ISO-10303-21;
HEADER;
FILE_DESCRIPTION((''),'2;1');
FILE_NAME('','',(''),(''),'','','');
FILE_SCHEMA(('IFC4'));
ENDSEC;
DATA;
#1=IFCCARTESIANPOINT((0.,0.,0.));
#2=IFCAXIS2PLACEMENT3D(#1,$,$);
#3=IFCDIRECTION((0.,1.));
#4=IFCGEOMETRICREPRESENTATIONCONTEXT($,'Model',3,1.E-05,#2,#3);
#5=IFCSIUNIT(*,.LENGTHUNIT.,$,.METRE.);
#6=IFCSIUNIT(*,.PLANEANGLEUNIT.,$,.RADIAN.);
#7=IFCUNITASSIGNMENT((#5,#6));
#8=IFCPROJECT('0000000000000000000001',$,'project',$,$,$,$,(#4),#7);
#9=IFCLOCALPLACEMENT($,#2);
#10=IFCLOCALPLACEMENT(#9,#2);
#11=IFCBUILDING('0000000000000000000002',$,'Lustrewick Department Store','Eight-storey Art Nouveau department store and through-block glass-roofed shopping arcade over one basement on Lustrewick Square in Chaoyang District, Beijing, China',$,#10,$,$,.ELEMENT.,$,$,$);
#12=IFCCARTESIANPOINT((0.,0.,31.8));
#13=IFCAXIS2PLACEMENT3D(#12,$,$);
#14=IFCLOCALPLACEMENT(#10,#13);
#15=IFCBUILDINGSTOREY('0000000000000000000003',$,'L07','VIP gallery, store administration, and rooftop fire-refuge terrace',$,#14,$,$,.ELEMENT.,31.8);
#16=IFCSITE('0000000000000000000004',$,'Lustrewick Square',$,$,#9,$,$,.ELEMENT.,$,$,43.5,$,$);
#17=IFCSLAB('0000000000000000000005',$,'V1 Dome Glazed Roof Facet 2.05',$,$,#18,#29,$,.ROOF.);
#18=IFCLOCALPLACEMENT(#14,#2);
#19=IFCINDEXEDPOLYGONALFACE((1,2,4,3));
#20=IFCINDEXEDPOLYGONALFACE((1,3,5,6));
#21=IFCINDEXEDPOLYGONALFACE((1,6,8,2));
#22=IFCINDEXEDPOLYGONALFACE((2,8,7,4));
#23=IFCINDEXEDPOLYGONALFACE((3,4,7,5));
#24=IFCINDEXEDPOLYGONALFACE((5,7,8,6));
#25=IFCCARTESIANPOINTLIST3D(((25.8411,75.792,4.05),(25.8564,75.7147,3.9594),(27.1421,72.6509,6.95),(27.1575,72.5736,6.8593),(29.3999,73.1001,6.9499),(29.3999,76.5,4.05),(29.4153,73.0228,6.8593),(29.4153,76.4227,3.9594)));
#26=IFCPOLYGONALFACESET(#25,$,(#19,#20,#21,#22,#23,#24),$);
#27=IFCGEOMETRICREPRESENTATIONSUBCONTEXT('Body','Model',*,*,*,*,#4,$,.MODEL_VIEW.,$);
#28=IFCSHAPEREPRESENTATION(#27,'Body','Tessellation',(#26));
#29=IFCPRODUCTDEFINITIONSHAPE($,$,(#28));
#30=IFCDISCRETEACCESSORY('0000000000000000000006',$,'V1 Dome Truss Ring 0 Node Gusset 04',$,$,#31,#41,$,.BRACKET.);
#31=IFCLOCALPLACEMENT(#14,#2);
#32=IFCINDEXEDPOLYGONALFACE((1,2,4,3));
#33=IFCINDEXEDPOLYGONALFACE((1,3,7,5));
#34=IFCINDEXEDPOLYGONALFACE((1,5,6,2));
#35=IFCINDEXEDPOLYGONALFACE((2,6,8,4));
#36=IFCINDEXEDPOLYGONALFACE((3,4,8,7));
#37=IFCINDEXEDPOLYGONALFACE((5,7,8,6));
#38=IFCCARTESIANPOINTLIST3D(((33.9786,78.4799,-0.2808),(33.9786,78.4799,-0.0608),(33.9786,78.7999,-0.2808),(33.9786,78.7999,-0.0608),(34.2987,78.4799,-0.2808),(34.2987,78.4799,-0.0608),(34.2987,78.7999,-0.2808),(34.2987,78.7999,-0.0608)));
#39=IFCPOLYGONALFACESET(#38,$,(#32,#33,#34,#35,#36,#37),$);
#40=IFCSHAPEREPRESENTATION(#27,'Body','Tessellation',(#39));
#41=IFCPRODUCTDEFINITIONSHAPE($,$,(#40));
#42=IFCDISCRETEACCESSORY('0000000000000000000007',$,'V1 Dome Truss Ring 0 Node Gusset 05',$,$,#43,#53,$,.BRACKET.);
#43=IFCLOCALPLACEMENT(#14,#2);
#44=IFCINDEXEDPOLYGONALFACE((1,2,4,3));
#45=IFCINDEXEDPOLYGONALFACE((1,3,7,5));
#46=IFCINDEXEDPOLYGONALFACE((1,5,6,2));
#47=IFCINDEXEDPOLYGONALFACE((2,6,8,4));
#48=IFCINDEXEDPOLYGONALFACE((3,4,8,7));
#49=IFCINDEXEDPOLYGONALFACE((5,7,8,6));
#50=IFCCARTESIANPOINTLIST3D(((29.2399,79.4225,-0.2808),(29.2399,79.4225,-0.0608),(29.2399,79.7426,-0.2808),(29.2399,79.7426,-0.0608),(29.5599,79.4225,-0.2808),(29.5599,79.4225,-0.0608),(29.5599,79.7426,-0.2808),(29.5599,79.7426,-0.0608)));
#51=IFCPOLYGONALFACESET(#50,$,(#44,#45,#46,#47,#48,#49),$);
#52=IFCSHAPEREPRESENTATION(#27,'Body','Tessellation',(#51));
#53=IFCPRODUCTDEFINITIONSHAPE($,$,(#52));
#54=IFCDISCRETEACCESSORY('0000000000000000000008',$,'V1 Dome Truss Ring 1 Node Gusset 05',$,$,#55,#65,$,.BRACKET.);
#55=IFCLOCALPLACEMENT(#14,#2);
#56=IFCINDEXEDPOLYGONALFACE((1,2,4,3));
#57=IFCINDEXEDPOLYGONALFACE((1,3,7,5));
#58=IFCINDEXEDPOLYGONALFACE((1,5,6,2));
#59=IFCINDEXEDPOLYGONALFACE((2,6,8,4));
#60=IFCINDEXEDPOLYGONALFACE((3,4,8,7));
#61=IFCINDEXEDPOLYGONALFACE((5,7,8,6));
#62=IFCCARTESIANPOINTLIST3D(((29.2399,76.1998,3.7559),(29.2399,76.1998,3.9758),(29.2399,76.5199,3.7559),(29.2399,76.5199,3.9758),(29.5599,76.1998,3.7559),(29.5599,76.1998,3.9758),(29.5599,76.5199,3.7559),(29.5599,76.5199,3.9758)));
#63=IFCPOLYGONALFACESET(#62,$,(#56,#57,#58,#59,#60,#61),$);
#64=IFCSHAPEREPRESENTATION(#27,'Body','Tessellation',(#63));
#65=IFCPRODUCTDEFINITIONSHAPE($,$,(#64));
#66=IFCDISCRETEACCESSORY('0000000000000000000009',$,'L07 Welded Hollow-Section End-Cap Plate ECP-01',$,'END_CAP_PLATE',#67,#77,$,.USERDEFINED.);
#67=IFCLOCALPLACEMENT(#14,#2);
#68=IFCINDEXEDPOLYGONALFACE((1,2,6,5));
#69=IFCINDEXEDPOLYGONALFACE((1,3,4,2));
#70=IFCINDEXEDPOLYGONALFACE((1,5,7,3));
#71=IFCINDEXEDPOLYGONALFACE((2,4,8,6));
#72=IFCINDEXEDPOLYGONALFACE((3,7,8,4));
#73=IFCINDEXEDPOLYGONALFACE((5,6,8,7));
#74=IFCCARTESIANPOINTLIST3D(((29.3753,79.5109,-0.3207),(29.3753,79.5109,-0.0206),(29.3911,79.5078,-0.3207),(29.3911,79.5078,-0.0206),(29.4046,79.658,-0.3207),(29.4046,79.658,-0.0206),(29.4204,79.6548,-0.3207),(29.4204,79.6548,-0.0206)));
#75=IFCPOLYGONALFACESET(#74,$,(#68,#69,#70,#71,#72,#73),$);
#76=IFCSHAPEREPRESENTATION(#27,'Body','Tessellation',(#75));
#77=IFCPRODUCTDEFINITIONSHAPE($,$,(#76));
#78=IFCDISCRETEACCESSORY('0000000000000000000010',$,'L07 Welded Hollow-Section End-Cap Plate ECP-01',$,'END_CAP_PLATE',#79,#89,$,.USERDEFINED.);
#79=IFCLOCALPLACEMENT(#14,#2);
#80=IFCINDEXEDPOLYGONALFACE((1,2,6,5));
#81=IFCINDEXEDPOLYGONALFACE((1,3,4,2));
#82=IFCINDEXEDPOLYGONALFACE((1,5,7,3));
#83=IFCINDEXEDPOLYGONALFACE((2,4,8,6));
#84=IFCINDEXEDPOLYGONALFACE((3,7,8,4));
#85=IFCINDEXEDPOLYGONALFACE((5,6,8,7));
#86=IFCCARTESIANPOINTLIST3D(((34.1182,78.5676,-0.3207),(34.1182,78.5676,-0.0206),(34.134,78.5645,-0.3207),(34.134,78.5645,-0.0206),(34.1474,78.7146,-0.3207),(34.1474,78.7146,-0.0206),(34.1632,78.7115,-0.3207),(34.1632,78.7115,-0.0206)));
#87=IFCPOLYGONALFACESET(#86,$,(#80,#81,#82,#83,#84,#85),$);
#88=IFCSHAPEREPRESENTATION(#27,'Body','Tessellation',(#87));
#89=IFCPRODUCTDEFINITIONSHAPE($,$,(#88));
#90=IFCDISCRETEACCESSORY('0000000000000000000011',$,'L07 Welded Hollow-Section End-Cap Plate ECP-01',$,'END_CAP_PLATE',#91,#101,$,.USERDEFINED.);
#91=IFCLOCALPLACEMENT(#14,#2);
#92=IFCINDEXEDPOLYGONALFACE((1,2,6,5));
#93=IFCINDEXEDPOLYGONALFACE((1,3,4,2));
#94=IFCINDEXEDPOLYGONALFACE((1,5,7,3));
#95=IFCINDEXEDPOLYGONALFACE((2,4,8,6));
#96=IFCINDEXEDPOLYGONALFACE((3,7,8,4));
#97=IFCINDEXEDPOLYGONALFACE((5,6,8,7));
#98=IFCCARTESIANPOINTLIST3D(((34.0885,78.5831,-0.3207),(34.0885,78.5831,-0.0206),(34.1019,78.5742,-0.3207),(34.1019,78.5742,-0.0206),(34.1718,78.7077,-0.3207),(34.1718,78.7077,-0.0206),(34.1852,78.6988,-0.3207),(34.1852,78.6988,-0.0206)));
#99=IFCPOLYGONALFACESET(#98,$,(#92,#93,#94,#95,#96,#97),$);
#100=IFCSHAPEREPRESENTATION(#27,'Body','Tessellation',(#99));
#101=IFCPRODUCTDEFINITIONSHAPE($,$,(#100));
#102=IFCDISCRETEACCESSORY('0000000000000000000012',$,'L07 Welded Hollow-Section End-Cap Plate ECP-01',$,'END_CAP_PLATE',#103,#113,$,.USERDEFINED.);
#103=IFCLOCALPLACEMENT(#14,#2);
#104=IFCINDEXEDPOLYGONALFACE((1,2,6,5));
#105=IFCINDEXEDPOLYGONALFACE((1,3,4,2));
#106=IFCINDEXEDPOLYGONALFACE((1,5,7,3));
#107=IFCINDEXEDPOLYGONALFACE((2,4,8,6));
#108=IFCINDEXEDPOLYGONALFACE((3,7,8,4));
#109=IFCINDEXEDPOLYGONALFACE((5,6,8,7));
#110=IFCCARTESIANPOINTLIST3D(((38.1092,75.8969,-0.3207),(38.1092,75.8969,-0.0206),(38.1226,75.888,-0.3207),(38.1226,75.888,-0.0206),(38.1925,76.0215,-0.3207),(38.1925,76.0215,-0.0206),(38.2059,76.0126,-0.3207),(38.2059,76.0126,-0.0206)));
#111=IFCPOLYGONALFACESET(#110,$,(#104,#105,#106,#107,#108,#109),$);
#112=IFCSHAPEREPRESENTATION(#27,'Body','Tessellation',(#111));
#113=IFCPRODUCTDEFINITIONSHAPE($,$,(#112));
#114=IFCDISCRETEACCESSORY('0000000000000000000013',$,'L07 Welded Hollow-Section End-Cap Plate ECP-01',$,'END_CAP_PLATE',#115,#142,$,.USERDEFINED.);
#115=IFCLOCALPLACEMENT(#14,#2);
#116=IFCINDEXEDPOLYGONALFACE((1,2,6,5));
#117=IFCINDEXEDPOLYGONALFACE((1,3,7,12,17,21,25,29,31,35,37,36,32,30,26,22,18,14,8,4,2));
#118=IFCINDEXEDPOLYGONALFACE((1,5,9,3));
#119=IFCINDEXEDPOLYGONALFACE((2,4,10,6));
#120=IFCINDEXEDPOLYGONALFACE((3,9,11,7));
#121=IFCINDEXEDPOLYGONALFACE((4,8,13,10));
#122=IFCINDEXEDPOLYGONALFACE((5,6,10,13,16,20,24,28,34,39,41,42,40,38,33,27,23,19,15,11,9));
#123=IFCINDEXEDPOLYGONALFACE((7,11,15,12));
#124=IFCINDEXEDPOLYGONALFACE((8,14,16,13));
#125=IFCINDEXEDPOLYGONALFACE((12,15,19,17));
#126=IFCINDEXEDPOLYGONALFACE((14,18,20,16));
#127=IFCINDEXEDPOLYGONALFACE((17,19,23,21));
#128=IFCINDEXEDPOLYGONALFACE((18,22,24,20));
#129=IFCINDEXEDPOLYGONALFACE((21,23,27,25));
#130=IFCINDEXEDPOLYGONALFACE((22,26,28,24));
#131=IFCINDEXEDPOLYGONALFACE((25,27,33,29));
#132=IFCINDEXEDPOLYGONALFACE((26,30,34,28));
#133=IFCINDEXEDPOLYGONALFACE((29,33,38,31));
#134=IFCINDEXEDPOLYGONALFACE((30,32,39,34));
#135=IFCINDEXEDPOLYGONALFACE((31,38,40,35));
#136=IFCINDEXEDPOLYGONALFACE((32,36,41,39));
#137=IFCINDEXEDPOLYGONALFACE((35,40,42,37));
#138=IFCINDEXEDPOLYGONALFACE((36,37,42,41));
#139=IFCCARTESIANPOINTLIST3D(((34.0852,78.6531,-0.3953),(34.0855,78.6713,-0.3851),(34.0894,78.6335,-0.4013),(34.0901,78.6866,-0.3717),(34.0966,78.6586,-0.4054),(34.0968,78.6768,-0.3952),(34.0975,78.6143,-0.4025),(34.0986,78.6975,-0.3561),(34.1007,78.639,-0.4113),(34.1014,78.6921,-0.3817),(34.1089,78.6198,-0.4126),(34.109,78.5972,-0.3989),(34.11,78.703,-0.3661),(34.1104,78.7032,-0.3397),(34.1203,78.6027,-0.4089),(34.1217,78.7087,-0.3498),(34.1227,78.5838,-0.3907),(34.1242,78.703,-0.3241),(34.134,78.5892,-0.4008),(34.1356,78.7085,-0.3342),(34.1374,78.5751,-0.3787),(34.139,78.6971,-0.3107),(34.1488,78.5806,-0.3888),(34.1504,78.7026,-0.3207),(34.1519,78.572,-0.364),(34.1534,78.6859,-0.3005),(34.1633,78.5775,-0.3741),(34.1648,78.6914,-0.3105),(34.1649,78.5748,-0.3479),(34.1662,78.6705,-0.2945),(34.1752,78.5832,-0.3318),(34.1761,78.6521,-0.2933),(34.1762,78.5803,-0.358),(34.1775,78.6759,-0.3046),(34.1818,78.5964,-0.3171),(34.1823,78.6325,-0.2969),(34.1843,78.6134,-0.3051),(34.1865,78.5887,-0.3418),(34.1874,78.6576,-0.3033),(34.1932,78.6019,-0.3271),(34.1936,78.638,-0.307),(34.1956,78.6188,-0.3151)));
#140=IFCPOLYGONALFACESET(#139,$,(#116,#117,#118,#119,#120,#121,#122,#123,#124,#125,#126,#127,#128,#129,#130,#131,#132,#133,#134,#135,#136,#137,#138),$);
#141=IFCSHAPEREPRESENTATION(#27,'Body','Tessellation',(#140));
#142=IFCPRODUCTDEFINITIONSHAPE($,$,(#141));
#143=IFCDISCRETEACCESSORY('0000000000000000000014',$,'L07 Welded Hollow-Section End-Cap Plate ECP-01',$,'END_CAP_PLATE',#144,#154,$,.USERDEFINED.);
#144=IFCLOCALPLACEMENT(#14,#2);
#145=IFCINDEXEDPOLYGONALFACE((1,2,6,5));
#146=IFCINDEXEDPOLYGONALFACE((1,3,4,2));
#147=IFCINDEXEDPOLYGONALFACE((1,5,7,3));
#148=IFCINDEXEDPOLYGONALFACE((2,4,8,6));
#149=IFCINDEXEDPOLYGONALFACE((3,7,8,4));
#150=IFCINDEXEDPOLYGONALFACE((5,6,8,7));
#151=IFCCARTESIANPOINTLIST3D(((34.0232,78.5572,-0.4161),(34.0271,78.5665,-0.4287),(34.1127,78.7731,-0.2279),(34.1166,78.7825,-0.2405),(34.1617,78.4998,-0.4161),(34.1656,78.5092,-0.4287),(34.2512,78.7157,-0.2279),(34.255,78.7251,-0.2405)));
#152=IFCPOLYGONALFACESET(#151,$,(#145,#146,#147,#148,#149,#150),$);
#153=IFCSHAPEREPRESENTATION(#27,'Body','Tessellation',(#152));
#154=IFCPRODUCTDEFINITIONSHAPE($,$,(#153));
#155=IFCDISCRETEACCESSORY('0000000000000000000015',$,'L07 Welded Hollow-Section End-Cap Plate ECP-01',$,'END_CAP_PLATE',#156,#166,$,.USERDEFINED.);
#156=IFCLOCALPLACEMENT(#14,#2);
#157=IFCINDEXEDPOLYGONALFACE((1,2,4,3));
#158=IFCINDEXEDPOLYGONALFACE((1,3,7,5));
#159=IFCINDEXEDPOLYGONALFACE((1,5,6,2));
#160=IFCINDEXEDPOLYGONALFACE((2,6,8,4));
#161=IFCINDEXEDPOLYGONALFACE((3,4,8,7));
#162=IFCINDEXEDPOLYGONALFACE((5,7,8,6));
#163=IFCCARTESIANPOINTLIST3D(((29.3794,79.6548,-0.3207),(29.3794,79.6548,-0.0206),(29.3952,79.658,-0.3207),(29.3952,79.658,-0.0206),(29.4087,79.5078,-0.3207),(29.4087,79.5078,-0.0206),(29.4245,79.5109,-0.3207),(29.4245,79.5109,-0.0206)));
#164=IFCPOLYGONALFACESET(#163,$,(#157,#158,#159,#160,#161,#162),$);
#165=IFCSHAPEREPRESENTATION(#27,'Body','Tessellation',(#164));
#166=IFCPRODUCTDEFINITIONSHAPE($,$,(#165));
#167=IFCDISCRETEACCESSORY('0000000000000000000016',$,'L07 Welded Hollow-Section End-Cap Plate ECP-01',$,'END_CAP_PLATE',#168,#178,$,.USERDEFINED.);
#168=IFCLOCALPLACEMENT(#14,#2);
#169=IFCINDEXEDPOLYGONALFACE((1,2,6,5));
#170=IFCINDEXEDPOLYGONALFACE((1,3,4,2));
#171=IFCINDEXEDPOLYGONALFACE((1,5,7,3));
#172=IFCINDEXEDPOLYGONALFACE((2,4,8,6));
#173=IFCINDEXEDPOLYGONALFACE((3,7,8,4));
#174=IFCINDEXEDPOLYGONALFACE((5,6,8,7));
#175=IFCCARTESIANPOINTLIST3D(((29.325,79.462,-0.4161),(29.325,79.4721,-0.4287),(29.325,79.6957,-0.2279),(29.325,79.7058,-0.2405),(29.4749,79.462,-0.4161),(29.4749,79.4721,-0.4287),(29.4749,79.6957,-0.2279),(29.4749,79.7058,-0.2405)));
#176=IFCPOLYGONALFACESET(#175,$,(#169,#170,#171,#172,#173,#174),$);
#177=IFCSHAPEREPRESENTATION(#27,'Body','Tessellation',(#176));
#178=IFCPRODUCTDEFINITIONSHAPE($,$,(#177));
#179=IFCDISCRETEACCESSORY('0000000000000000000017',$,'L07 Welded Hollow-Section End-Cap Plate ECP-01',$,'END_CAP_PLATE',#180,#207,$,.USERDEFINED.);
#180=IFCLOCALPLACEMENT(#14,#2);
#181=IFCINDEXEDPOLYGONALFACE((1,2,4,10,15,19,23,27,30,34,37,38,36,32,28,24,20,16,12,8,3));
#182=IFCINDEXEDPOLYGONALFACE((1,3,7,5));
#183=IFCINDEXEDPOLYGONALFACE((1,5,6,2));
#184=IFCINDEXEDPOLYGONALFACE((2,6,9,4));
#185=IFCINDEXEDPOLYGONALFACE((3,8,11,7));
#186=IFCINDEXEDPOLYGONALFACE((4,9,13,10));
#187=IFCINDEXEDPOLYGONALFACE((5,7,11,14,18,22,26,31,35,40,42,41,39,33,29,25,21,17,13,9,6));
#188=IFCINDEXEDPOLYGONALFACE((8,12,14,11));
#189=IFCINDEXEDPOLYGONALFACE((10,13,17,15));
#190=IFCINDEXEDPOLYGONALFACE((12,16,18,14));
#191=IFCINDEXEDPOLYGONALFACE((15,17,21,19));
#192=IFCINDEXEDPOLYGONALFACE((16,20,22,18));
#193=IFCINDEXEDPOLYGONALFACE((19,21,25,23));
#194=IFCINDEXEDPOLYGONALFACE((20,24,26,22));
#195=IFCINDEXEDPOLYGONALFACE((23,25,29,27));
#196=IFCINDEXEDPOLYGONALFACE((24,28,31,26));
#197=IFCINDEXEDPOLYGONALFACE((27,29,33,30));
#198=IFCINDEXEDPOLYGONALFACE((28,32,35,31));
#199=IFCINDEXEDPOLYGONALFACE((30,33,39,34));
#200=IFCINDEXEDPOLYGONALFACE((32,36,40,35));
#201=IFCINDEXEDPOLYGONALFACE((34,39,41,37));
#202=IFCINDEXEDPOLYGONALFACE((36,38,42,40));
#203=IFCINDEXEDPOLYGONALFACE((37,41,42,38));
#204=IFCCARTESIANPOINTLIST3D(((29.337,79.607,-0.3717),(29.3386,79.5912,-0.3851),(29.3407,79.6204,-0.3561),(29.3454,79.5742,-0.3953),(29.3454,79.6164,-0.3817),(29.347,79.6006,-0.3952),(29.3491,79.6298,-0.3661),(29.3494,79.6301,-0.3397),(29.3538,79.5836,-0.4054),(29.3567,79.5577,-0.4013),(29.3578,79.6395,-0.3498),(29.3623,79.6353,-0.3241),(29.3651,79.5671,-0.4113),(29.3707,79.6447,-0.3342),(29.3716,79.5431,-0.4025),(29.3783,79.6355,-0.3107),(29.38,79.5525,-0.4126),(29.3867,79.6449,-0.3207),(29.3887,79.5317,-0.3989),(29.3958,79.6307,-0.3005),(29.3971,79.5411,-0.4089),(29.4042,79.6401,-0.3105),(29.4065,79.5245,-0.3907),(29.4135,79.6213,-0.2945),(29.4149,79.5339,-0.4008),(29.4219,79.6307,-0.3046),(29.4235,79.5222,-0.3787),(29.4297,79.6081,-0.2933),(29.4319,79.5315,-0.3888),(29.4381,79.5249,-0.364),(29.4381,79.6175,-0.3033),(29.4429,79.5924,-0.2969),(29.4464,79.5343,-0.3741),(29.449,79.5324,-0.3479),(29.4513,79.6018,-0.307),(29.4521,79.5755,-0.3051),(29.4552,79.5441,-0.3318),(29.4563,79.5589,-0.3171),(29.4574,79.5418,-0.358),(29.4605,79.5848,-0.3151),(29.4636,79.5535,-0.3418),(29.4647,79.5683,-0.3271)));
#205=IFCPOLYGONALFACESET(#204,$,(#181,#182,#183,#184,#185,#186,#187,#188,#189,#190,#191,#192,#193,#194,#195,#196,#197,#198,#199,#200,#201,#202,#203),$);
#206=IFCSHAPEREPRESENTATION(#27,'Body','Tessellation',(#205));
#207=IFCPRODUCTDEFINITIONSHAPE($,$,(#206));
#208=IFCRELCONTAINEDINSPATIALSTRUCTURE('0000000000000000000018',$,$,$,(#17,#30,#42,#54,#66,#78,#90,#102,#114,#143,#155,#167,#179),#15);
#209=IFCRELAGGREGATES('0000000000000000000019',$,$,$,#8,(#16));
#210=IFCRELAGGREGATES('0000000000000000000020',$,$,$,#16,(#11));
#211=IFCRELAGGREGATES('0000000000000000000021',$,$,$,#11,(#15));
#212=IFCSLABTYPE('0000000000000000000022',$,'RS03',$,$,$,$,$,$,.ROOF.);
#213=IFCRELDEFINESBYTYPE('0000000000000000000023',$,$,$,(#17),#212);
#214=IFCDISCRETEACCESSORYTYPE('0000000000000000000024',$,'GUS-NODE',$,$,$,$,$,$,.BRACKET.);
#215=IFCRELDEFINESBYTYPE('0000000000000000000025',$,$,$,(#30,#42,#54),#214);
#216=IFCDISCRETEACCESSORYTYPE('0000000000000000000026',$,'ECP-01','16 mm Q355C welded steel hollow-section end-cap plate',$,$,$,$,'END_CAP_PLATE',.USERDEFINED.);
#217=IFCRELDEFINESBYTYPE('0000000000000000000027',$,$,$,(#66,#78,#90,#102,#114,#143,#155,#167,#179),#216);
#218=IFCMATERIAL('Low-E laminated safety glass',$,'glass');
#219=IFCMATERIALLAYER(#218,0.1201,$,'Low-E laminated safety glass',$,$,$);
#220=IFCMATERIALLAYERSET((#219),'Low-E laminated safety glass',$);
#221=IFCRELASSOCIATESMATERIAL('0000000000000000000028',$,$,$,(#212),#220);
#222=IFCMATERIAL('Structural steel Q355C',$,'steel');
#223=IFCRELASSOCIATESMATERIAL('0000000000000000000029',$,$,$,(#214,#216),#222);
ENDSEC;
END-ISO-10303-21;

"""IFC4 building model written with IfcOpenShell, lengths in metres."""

from ifc_helpers import new_model, si_unit, direction, frame, origin, origin_2d, place, context, subcontext, project, spatial, polyline, rectangle, circle, outline, extrude, material, layer, layer_set, type_object, element, save


model = new_model("IFC4")

# Units and contexts
model_context = context("Model", 3, precision=1e-05, world=origin(), true_north=direction((0.0, 1.0)))
body_context = subcontext(model_context, "Body", "Model", "MODEL_VIEW")
ifc_project = project(units=[si_unit("LENGTHUNIT", "METRE"), si_unit("PLANEANGLEUNIT", "RADIAN")], contexts=[model_context])

# Site, building, storey
site_placement = place(None, origin())
site = spatial("IfcSite", under=ifc_project, at=site_placement, Name="Lustrewick Square", CompositionType="ELEMENT", RefElevation=43.5)
building_placement = place(site_placement, origin())
building = spatial("IfcBuilding", under=site, at=building_placement, Name="Lustrewick Department Store", Description="Eight-storey Art Nouveau department store and through-block glass-roofed shopping arcade over one basement on Lustrewick Square in Chaoyang District, Beijing, China", CompositionType="ELEMENT")
storey_placement = place(building_placement, frame((0.0, 0.0, 31.8)))
storey = spatial("IfcBuildingStorey", under=building, at=storey_placement, Name="L07", Description="VIP gallery, store administration, and rooftop fire-refuge terrace", CompositionType="ELEMENT", Elevation=31.8)

# Shared definitions
ifc_material_1 = material(Name="Structural steel Q355C", Category="steel")

# Slab
ifc_material_2 = material(Name="Low-E laminated safety glass", Category="glass")
ifc_layer = layer(ifc_material_2, 0.1201, Name="Low-E laminated safety glass")
ifc_layer_set = layer_set([ifc_layer], Name="Low-E laminated safety glass")
slab_type = type_object("IfcSlabType", Name="RS03", PredefinedType="ROOF", material=ifc_layer_set)
slab_1_placement = place(storey_placement, frame((29.3999, 76.5, 4.05), z_axis=(-0.128045, 0.6436, 0.754575), x_axis=(-0.980779, -0.195123, -0.000003)))
element("IfcSlab", 1, at=slab_1_placement, inside=storey, type_object=slab_type, Name="V1 Dome Glazed Roof Facet 2.05", PredefinedType="ROOF", context=body_context, shape_type="SweptSolid", body=[
    extrude(outline(polyline([(0.0, 0.0), (3.6286, 0.0), (2.9655, 4.4192), (0.6634, 4.4191), (0.0, 0.0)])), origin(), (0.0, 0.0, -1.0), 0.1201),
])

# Discrete accessories
discrete_accessory_type_1 = type_object("IfcDiscreteAccessoryType", Name="GUS-NODE", PredefinedType="BRACKET", material=ifc_material_1)
for number, where, z_axis, x_axis, name in (
    (2, (34.1387, 78.6399, -0.2808), (0.0, 0.0, 1.0), (1.0, 0.0, 0.0), "V1 Dome Truss Ring 0 Node Gusset 04"),
    (3, (29.3999, 79.5825, -0.2808), (0.0, 0.0, 1.0), (1.0, 0.0, 0.0), "V1 Dome Truss Ring 0 Node Gusset 05"),
    (4, (29.3999, 76.3599, 3.7559), (0.0, 0.0, 1.0), (1.0, 0.0, 0.0), "V1 Dome Truss Ring 1 Node Gusset 05"),
):
    element("IfcDiscreteAccessory", number, at=place(storey_placement, frame(where, z_axis=z_axis, x_axis=x_axis)), inside=storey, type_object=discrete_accessory_type_1, Name=name, PredefinedType="BRACKET", context=body_context, shape_type="SweptSolid", body=[
        extrude(rectangle(XDim=0.3201, YDim=0.3201, at=origin_2d()), origin(), (0.0, 0.0, 1.0), 0.22),
    ])
discrete_accessory_type_2 = type_object("IfcDiscreteAccessoryType", Name="ECP-01", Description="16 mm Q355C welded steel hollow-section end-cap plate", ElementType="END_CAP_PLATE", PredefinedType="USERDEFINED", material=ifc_material_1)
for number, where, z_axis, x_axis, name in (
    (5, (29.4058, 79.5813, -0.1707), (-0.980784, 0.195096, 0.0), (-0.195096, -0.980784, 0.0), "L07 Welded Hollow-Section End-Cap Plate ECP-01"),
    (6, (34.1328, 78.6411, -0.1707), (0.980784, -0.195096, 0.0), (-0.195096, -0.980784, 0.0), "L07 Welded Hollow-Section End-Cap Plate ECP-01"),
    (7, (34.1436, 78.6365, -0.1707), (-0.831475, 0.555563, 0.0), (-0.555563, -0.831475, 0.0), "L07 Welded Hollow-Section End-Cap Plate ECP-01"),
    (8, (38.1509, 75.9592, -0.1707), (0.831475, -0.555563, 0.0), (-0.555563, -0.831475, 0.0), "L07 Welded Hollow-Section End-Cap Plate ECP-01"),
):
    element("IfcDiscreteAccessory", number, at=place(storey_placement, frame(where, z_axis=z_axis, x_axis=x_axis)), inside=storey, type_object=discrete_accessory_type_2, Name=name, ObjectType="END_CAP_PLATE", PredefinedType="USERDEFINED", context=body_context, shape_type="SweptSolid", body=[
        extrude(rectangle(XDim=0.1499, YDim=0.3, at=origin_2d()), origin(), (0.0, 0.0, 1.0), 0.0161),
    ])
discrete_accessory_1_placement = place(storey_placement, frame((34.1345, 78.6379, -0.3479), z_axis=(0.704277, 0.338858, -0.623835), x_axis=(0.433569, -0.901121, 0.0)))
element("IfcDiscreteAccessory", 9, at=discrete_accessory_1_placement, inside=storey, type_object=discrete_accessory_type_2, Name="L07 Welded Hollow-Section End-Cap Plate ECP-01", ObjectType="END_CAP_PLATE", PredefinedType="USERDEFINED", context=body_context, shape_type="SweptSolid", body=[
    extrude(circle(Radius=0.0701, at=origin_2d()), origin(), (0.0, 0.0, 1.0), 0.0161),
])
for number, where, z_axis, x_axis, name in (
    (10, (34.1372, 78.6365, -0.322), (0.240018, 0.579378, -0.778918), (0.923862, -0.382726, 0.0), "L07 Welded Hollow-Section End-Cap Plate ECP-01"),
    (11, (29.394, 79.5813, -0.1707), (0.980782, 0.195105, 0.0), (0.195105, -0.980782, 0.0), "L07 Welded Hollow-Section End-Cap Plate ECP-01"),
    (12, (29.3999, 79.5789, -0.322), (0.0, 0.627125, -0.778918), (1.0, 0.0, 0.0), "L07 Welded Hollow-Section End-Cap Plate ECP-01"),
):
    element("IfcDiscreteAccessory", number, at=place(storey_placement, frame(where, z_axis=z_axis, x_axis=x_axis)), inside=storey, type_object=discrete_accessory_type_2, Name=name, ObjectType="END_CAP_PLATE", PredefinedType="USERDEFINED", context=body_context, shape_type="SweptSolid", body=[
        extrude(rectangle(XDim=0.1499, YDim=0.3, at=origin_2d()), origin(), (0.0, 0.0, 1.0), 0.0161),
    ])
discrete_accessory_2_placement = place(storey_placement, frame((29.3967, 79.5791, -0.3479), z_axis=(0.520948, 0.582597, -0.623854), x_axis=(0.745446, -0.666565, 0.0)))
element("IfcDiscreteAccessory", 13, at=discrete_accessory_2_placement, inside=storey, type_object=discrete_accessory_type_2, Name="L07 Welded Hollow-Section End-Cap Plate ECP-01", ObjectType="END_CAP_PLATE", PredefinedType="USERDEFINED", context=body_context, shape_type="SweptSolid", body=[
    extrude(circle(Radius=0.0701, at=origin_2d()), origin(), (0.0, 0.0, 1.0), 0.0161),
])

save(model, "model.ifc")
